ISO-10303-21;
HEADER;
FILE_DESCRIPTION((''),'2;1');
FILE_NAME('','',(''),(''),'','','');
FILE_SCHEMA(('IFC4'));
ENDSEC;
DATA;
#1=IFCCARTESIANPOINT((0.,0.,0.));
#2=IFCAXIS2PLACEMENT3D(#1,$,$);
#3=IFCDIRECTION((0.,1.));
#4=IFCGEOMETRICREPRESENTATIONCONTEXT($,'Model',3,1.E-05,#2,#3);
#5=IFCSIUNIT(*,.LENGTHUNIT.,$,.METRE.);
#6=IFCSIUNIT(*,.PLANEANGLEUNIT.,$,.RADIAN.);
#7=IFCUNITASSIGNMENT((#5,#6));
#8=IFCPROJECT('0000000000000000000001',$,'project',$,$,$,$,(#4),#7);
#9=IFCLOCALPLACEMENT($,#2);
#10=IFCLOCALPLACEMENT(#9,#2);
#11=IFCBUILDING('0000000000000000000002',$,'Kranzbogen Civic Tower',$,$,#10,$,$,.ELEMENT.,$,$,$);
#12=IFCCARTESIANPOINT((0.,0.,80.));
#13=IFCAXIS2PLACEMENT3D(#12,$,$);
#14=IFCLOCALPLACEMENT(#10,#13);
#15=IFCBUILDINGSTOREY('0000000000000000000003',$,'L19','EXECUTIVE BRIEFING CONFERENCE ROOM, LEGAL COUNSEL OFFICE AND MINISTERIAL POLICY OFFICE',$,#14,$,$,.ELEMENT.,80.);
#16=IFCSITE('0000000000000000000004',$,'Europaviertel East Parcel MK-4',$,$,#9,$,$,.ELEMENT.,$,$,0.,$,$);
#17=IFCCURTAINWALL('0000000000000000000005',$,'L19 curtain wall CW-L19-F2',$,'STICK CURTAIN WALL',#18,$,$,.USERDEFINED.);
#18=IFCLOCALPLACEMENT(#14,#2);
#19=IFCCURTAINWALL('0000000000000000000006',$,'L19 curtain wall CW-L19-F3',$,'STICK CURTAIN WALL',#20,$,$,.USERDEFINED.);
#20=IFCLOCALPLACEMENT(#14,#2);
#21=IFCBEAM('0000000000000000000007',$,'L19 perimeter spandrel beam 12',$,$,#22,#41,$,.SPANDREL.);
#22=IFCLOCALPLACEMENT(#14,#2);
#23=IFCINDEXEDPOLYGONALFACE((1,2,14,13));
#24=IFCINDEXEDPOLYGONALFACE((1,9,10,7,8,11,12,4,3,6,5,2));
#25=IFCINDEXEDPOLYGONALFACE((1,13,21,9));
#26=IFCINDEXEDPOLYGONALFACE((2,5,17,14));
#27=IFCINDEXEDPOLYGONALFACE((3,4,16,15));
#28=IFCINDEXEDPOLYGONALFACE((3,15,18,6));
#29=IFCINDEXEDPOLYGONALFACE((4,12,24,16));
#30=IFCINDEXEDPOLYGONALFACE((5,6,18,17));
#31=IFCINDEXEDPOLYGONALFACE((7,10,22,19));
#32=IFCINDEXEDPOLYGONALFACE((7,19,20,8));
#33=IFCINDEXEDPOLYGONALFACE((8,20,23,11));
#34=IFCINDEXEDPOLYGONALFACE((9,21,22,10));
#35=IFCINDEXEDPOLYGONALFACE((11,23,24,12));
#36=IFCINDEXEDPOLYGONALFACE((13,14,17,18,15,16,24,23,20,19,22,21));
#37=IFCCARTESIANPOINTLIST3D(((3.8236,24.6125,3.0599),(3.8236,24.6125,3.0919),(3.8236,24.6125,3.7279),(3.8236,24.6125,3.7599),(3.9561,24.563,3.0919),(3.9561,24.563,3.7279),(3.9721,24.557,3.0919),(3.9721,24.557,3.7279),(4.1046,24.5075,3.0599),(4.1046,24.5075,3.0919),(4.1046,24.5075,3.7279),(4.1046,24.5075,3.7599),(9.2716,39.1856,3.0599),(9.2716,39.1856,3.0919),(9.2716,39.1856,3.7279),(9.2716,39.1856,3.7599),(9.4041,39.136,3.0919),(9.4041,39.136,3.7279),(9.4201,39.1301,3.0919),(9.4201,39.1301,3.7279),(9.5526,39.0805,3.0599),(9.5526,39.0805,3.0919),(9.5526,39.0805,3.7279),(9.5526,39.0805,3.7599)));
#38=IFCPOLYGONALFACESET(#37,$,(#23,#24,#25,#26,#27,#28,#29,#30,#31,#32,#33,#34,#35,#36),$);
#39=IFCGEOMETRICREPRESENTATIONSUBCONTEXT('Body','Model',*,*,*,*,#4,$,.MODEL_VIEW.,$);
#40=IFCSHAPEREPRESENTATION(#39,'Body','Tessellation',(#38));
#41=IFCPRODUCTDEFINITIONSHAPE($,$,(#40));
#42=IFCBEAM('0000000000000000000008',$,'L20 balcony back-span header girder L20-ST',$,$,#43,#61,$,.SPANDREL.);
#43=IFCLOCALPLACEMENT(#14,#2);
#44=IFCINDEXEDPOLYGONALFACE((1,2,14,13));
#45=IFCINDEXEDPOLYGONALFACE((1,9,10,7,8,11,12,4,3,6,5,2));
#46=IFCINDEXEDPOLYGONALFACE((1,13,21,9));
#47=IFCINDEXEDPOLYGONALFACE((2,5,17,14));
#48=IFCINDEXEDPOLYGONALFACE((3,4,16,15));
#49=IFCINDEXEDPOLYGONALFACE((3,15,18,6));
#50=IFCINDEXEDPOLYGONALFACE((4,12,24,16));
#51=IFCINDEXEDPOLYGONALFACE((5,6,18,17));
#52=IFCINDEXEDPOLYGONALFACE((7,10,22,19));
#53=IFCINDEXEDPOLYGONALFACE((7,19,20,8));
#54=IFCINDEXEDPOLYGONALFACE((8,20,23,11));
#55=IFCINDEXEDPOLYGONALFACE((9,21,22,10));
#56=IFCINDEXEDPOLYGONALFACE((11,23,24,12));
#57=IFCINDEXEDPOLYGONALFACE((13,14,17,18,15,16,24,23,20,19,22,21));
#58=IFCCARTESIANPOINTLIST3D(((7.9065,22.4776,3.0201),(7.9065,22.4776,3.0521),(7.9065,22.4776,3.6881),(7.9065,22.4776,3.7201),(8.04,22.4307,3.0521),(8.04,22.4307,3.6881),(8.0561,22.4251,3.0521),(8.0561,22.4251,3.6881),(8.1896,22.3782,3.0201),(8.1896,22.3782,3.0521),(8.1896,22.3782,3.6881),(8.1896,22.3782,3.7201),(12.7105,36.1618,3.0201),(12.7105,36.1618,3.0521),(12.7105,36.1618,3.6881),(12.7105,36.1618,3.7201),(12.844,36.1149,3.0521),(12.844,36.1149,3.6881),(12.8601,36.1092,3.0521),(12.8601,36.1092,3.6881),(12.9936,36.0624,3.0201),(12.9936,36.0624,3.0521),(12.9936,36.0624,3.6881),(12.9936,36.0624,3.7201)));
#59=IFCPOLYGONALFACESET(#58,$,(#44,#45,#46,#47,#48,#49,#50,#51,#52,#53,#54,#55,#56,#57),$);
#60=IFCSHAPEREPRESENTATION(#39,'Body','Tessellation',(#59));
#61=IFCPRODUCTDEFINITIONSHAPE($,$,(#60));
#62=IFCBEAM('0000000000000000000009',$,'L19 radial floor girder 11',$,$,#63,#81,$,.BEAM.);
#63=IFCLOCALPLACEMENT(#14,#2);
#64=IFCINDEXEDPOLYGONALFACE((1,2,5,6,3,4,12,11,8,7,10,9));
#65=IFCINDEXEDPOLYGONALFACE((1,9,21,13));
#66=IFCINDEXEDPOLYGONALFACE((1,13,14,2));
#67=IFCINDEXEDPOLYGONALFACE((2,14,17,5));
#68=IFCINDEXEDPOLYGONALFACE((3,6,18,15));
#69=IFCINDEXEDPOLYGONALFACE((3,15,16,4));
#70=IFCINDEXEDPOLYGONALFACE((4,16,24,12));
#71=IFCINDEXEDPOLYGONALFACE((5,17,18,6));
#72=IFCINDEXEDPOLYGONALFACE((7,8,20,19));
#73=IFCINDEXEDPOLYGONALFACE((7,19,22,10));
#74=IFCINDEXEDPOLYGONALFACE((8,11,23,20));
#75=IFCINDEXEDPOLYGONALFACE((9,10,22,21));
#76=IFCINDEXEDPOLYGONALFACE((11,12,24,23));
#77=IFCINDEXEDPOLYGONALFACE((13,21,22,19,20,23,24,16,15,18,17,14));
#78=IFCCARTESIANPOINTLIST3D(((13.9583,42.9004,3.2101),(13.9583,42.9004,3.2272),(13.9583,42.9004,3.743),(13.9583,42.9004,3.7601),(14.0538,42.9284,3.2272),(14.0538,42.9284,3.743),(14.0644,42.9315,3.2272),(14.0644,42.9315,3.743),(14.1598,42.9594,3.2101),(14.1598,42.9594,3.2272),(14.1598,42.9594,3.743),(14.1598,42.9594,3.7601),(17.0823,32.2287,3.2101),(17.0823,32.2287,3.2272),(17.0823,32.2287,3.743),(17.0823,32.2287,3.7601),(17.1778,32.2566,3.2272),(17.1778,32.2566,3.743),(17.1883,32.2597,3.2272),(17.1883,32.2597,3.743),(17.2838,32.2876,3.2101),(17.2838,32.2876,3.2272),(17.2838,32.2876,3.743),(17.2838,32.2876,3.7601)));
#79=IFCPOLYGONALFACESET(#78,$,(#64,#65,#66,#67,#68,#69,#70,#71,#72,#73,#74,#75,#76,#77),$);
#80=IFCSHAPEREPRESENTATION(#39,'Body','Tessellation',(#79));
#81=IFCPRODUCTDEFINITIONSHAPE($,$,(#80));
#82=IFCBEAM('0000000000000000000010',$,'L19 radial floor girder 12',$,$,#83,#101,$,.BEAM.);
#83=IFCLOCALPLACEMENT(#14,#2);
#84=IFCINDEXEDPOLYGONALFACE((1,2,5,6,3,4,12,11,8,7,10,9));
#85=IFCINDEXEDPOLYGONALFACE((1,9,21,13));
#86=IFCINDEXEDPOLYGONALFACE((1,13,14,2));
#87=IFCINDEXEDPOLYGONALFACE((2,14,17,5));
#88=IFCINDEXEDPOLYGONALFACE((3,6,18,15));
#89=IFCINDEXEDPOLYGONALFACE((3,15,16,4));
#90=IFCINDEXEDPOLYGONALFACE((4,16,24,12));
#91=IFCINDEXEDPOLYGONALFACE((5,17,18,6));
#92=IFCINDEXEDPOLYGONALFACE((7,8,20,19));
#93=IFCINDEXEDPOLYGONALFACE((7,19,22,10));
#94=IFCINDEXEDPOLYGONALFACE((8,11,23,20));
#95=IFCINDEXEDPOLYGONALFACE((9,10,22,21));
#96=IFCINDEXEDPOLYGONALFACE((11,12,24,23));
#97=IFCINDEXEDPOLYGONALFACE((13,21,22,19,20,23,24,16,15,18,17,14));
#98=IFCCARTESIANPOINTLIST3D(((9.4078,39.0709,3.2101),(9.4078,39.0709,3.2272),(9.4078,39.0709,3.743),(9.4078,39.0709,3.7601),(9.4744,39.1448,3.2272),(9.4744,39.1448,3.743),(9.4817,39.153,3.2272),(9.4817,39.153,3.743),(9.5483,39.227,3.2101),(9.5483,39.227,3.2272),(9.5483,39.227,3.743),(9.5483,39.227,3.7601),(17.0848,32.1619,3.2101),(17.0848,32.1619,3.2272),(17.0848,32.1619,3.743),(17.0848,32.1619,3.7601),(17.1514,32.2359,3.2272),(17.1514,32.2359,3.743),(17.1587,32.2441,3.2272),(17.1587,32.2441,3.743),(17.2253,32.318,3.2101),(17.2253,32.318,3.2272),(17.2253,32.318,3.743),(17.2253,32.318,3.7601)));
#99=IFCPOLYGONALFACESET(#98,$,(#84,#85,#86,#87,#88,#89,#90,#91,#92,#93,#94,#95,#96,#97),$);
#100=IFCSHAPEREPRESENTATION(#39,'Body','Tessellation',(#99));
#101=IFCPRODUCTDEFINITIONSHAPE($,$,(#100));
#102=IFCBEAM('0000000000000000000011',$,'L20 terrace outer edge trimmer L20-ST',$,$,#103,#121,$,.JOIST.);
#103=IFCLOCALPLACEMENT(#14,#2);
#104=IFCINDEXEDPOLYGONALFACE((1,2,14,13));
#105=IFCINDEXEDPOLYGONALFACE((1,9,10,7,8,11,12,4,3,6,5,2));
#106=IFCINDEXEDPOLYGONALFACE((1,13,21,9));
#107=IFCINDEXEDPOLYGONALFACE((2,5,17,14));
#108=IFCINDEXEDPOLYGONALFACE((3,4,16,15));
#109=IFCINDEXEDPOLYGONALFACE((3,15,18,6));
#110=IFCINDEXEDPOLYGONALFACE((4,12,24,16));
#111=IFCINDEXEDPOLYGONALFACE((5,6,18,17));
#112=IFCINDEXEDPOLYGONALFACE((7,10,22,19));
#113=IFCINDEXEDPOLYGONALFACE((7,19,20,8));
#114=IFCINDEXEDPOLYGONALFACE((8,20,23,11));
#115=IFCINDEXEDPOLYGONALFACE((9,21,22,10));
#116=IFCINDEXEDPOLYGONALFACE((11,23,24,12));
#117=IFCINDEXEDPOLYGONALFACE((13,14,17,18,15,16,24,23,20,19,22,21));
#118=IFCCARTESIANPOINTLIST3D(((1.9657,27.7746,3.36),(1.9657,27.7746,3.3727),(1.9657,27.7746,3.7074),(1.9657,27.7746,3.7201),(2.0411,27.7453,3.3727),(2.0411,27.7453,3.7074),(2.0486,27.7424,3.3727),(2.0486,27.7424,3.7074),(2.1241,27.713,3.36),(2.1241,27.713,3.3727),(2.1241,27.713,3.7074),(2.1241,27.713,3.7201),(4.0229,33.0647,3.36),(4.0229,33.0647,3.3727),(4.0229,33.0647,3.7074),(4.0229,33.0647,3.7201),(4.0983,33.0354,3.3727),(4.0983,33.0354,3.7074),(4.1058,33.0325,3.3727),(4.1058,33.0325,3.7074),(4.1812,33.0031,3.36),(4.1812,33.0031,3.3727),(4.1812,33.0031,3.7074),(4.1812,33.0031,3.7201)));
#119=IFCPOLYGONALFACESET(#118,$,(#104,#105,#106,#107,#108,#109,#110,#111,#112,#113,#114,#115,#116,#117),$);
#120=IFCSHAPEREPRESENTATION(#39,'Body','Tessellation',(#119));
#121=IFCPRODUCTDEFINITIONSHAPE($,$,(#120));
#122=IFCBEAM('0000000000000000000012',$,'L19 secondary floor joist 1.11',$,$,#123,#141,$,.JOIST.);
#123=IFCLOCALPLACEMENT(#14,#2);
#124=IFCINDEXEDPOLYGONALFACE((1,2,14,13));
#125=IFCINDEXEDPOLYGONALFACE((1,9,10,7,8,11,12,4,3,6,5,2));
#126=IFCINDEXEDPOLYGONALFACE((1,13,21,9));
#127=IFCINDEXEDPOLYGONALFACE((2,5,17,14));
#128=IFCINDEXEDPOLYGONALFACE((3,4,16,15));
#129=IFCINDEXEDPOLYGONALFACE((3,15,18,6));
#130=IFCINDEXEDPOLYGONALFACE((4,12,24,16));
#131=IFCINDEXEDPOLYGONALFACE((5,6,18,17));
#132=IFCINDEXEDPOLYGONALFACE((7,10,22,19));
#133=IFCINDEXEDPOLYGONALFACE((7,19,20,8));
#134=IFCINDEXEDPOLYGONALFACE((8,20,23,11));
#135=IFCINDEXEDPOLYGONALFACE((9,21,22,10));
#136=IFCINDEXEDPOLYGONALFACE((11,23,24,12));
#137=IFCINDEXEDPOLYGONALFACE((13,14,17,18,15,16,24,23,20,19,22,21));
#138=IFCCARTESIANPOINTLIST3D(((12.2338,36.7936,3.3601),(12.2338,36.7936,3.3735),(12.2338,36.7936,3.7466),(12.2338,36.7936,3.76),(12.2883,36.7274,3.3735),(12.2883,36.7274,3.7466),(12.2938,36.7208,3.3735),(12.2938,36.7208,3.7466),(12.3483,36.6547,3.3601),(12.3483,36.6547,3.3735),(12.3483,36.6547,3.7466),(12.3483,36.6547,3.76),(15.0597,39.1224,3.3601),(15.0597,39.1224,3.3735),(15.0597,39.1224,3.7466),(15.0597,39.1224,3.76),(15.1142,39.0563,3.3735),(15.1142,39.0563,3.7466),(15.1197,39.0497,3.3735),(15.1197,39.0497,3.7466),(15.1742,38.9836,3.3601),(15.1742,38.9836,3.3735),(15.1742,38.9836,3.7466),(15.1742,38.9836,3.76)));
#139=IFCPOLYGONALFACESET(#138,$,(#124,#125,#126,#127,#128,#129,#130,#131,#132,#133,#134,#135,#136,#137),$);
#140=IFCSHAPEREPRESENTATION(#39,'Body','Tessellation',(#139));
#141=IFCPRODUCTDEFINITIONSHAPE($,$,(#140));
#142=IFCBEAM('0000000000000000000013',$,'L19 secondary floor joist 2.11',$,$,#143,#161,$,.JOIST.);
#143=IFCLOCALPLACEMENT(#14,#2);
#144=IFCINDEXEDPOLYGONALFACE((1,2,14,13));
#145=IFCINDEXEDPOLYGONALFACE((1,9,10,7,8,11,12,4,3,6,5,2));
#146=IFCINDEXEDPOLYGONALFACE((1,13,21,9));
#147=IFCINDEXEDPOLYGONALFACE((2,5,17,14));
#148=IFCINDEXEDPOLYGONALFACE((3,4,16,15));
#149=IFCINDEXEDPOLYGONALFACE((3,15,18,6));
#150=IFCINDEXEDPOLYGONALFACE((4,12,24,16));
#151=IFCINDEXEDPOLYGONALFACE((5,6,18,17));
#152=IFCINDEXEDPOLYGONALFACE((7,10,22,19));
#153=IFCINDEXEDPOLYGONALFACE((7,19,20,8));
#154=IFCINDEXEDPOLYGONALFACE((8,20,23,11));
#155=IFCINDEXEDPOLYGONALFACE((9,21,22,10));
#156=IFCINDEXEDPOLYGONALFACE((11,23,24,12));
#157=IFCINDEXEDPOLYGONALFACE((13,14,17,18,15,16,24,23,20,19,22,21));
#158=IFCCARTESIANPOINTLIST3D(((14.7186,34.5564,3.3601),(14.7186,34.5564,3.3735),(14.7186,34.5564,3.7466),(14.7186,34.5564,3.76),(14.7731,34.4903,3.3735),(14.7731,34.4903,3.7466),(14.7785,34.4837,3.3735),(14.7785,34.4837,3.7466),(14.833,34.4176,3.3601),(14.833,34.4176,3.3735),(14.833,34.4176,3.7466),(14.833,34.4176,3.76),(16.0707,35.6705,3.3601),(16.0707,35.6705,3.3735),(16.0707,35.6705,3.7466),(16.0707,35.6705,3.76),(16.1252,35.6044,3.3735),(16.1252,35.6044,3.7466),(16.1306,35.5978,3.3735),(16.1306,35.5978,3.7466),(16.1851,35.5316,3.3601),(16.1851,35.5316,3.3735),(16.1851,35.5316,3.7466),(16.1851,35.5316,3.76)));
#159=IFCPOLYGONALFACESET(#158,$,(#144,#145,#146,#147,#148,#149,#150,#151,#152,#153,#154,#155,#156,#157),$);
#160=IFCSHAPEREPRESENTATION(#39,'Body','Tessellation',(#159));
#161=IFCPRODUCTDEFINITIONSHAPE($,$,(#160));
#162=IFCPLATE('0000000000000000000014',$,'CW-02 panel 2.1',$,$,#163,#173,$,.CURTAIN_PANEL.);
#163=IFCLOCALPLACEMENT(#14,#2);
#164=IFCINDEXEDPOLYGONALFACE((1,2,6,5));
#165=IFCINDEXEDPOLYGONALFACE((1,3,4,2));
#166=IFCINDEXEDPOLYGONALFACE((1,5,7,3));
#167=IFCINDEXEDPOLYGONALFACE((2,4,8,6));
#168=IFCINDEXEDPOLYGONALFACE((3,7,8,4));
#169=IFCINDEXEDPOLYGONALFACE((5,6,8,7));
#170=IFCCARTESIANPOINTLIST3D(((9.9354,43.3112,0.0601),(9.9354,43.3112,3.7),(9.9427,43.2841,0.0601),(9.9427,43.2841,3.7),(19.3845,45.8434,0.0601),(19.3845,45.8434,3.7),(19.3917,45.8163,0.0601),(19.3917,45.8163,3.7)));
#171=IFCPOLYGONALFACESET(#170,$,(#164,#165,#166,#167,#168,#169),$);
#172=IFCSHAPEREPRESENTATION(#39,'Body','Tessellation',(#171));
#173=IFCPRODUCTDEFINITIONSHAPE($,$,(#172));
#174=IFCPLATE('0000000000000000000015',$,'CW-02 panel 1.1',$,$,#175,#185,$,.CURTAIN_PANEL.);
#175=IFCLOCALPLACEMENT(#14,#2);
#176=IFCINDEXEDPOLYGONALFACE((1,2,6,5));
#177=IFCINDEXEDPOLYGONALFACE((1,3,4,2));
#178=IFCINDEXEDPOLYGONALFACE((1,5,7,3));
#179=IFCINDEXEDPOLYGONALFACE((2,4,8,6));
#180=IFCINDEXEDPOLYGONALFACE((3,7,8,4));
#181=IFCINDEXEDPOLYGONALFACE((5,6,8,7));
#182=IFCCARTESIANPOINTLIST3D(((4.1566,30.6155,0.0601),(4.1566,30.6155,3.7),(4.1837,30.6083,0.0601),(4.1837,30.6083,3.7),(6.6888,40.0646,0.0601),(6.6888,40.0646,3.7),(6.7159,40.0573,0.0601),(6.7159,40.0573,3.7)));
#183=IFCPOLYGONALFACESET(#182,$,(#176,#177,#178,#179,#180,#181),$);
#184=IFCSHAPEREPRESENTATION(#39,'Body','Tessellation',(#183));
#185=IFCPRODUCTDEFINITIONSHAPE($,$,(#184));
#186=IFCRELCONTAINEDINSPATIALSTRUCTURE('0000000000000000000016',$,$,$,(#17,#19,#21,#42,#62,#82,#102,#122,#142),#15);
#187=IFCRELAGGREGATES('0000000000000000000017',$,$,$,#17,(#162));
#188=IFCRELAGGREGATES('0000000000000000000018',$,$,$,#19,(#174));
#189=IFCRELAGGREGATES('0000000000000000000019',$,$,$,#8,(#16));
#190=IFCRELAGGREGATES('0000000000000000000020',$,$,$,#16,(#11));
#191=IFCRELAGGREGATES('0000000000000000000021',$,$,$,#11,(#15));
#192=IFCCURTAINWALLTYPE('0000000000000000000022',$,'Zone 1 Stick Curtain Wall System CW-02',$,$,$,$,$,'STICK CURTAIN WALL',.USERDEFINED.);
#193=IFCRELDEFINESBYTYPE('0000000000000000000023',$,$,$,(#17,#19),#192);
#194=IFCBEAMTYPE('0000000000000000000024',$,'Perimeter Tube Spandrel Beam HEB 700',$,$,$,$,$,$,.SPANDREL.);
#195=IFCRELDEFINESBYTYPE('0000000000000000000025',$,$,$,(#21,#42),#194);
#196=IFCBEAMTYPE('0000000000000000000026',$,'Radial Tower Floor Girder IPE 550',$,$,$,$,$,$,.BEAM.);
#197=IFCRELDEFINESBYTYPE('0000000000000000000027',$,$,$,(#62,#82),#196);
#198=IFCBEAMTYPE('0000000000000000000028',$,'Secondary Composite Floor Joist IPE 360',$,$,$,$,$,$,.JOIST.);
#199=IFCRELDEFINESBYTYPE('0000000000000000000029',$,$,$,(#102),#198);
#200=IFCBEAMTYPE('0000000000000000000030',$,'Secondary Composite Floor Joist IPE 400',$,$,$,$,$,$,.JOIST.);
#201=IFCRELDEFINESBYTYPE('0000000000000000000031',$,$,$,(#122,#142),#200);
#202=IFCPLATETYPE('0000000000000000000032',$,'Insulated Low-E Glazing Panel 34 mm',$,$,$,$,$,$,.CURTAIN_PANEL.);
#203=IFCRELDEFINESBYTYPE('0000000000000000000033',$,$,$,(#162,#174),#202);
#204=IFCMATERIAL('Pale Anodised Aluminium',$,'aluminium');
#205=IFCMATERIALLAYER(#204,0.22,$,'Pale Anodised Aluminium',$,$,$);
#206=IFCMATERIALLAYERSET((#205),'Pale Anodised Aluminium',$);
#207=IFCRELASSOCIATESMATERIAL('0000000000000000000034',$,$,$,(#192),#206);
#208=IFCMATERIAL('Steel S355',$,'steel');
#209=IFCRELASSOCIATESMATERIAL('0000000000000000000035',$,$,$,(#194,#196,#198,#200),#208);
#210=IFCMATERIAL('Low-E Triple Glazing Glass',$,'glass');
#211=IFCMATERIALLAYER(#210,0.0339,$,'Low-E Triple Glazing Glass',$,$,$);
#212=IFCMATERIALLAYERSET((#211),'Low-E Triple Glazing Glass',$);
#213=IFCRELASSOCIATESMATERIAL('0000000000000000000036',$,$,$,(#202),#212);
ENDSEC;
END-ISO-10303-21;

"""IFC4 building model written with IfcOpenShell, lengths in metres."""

from ifc_helpers import new_model, si_unit, direction, frame, origin, origin_2d, place, context, subcontext, project, spatial, rectangle, i_section, extrude, material, layer, layer_set, material_profile, profile_set, type_object, element, aggregate, save


model = new_model("IFC4")

# Units and contexts
model_context = context("Model", 3, precision=1e-05, world=origin(), true_north=direction((0.0, 1.0)))
body_context = subcontext(model_context, "Body", "Model", "MODEL_VIEW")
ifc_project = project(units=[si_unit("LENGTHUNIT", "METRE"), si_unit("PLANEANGLEUNIT", "RADIAN")], contexts=[model_context])

# Site, building, storey
site_placement = place(None, origin())
site = spatial("IfcSite", under=ifc_project, at=site_placement, Name="Europaviertel East Parcel MK-4", CompositionType="ELEMENT", RefElevation=0.0)
building_placement = place(site_placement, origin())
building = spatial("IfcBuilding", under=site, at=building_placement, Name="Kranzbogen Civic Tower", CompositionType="ELEMENT")
storey_placement = place(building_placement, frame((0.0, 0.0, 80.0)))
storey = spatial("IfcBuildingStorey", under=building, at=storey_placement, Name="L19", Description="EXECUTIVE BRIEFING CONFERENCE ROOM, LEGAL COUNSEL OFFICE AND MINISTERIAL POLICY OFFICE", CompositionType="ELEMENT", Elevation=80.0)

# Shared definitions
ifc_material_1 = material(Name="Steel S355", Category="steel")

# Curtain wall
ifc_material_2 = material(Name="Pale Anodised Aluminium", Category="aluminium")
ifc_layer_1 = layer(ifc_material_2, 0.22, Name="Pale Anodised Aluminium")
ifc_layer_set_1 = layer_set([ifc_layer_1], Name="Pale Anodised Aluminium")
curtain_wall_type = type_object("IfcCurtainWallType", Name="Zone 1 Stick Curtain Wall System CW-02", ElementType="STICK CURTAIN WALL", PredefinedType="USERDEFINED", material=ifc_layer_set_1)
curtain_wall_1_placement = place(storey_placement, origin())
curtain_wall_1 = element("IfcCurtainWall", 1, at=curtain_wall_1_placement, inside=storey, type_object=curtain_wall_type, Name="L19 curtain wall CW-L19-F2", ObjectType="STICK CURTAIN WALL", PredefinedType="USERDEFINED")

# Curtain wall
curtain_wall_2_placement = place(storey_placement, origin())
curtain_wall_2 = element("IfcCurtainWall", 2, at=curtain_wall_2_placement, inside=storey, type_object=curtain_wall_type, Name="L19 curtain wall CW-L19-F3", ObjectType="STICK CURTAIN WALL", PredefinedType="USERDEFINED")

# Beams
ifc_material_profile_1 = material_profile(ifc_material_1, i_section(OverallWidth=0.3, OverallDepth=0.7, WebThickness=0.0171, FlangeThickness=0.032, at=origin_2d()), Name="HEB 700")
ifc_profile_set_1 = profile_set([ifc_material_profile_1], Name="Steel S355")
beam_type_1 = type_object("IfcBeamType", Name="Perimeter Tube Spandrel Beam HEB 700", PredefinedType="SPANDREL", material=ifc_profile_set_1)
beam_1_placement = place(storey_placement, frame((9.4121, 39.1331, 3.4099), z_axis=(-0.350172, -0.936685, 0.0), x_axis=(0.936685, -0.350172, 0.0)))
element("IfcBeam", 3, at=beam_1_placement, inside=storey, type_object=beam_type_1, Name="L19 perimeter spandrel beam 12", PredefinedType="SPANDREL", context=body_context, shape_type="SweptSolid", body=[
    extrude(i_section(OverallWidth=0.3, OverallDepth=0.7, WebThickness=0.0171, FlangeThickness=0.032, at=origin_2d()), origin(), (0.0, 0.0, 1.0), 15.5581),
])
beam_2_placement = place(storey_placement, frame((12.8521, 36.1121, 3.3701), z_axis=(-0.331243, -0.943546, 0.0), x_axis=(0.943546, -0.331243, 0.0)))
element("IfcBeam", 4, at=beam_2_placement, inside=storey, type_object=beam_type_1, Name="L20 balcony back-span header girder L20-ST", PredefinedType="SPANDREL", context=body_context, shape_type="SweptSolid", body=[
    extrude(i_section(OverallWidth=0.3, OverallDepth=0.7, WebThickness=0.0171, FlangeThickness=0.032, at=origin_2d()), origin(), (0.0, 0.0, 1.0), 14.5029),
])
ifc_material_profile_2 = material_profile(ifc_material_1, i_section(OverallWidth=0.21, OverallDepth=0.55, WebThickness=0.011, FlangeThickness=0.0171, at=origin_2d()), Name="IPE 550")
ifc_profile_set_2 = profile_set([ifc_material_profile_2], Name="Steel S355")
beam_type_2 = type_object("IfcBeamType", Name="Radial Tower Floor Girder IPE 550", PredefinedType="BEAM", material=ifc_profile_set_2)
beam_3_placement = place(storey_placement, frame((14.0591, 42.9299, 3.4851), z_axis=(0.280944, -0.959724, 0.0), x_axis=(0.959724, 0.280944, 0.0)))
element("IfcBeam", 5, at=beam_3_placement, inside=storey, type_object=beam_type_2, Name="L19 radial floor girder 11", PredefinedType="BEAM", context=body_context, shape_type="SweptSolid", body=[
    extrude(i_section(OverallWidth=0.21, OverallDepth=0.55, WebThickness=0.011, FlangeThickness=0.0171, at=origin_2d()), origin(), (0.0, 0.0, 1.0), 11.1196),
])
beam_4_placement = place(storey_placement, frame((9.478, 39.1489, 3.4851), z_axis=(0.743312, -0.668945, 0.0), x_axis=(0.668945, 0.743312, 0.0)))
element("IfcBeam", 6, at=beam_4_placement, inside=storey, type_object=beam_type_2, Name="L19 radial floor girder 12", PredefinedType="BEAM", context=body_context, shape_type="SweptSolid", body=[
    extrude(i_section(OverallWidth=0.21, OverallDepth=0.55, WebThickness=0.011, FlangeThickness=0.0171, at=origin_2d()), origin(), (0.0, 0.0, 1.0), 10.3281),
])
ifc_material_profile_3 = material_profile(ifc_material_1, i_section(OverallWidth=0.1699, OverallDepth=0.3601, WebThickness=0.0081, FlangeThickness=0.0127, at=origin_2d()), Name="IPE 360")
ifc_profile_set_3 = profile_set([ifc_material_profile_3], Name="Steel S355")
beam_type_3 = type_object("IfcBeamType", Name="Secondary Composite Floor Joist IPE 360", PredefinedType="JOIST", material=ifc_profile_set_3)
beam_5_placement = place(storey_placement, frame((4.1021, 33.0339, 3.54), z_axis=(-0.36243, -0.932011, 0.0), x_axis=(0.932011, -0.36243, 0.0)))
element("IfcBeam", 7, at=beam_5_placement, inside=storey, type_object=beam_type_3, Name="L20 terrace outer edge trimmer L20-ST", PredefinedType="JOIST", context=body_context, shape_type="SweptSolid", body=[
    extrude(i_section(OverallWidth=0.1699, OverallDepth=0.3601, WebThickness=0.0081, FlangeThickness=0.0127, at=origin_2d()), origin(), (0.0, 0.0, 1.0), 5.676),
])
ifc_material_profile_4 = material_profile(ifc_material_1, i_section(OverallWidth=0.1799, OverallDepth=0.3999, WebThickness=0.0085, FlangeThickness=0.0134, at=origin_2d()), Name="IPE 400")
ifc_profile_set_4 = profile_set([ifc_material_profile_4], Name="Steel S355")
beam_type_4 = type_object("IfcBeamType", Name="Secondary Composite Floor Joist IPE 400", PredefinedType="JOIST", material=ifc_profile_set_4)
beam_6_placement = place(storey_placement, frame((15.1169, 39.053, 3.5601), z_axis=(-0.771713, -0.635971, 0.0), x_axis=(0.635971, -0.771713, 0.0)))
element("IfcBeam", 8, at=beam_6_placement, inside=storey, type_object=beam_type_4, Name="L19 secondary floor joist 1.11", PredefinedType="JOIST", context=body_context, shape_type="SweptSolid", body=[
    extrude(i_section(OverallWidth=0.1799, OverallDepth=0.3999, WebThickness=0.0085, FlangeThickness=0.0134, at=origin_2d()), origin(), (0.0, 0.0, 1.0), 3.6619),
])
beam_7_placement = place(storey_placement, frame((16.1279, 35.6011, 3.5601), z_axis=(-0.771773, -0.635898, 0.0), x_axis=(0.635898, -0.771773, 0.0)))
element("IfcBeam", 9, at=beam_7_placement, inside=storey, type_object=beam_type_4, Name="L19 secondary floor joist 2.11", PredefinedType="JOIST", context=body_context, shape_type="SweptSolid", body=[
    extrude(i_section(OverallWidth=0.1799, OverallDepth=0.3999, WebThickness=0.0085, FlangeThickness=0.0134, at=origin_2d()), origin(), (0.0, 0.0, 1.0), 1.752),
])

# Plates
ifc_material_3 = material(Name="Low-E Triple Glazing Glass", Category="glass")
ifc_layer_2 = layer(ifc_material_3, 0.0339, Name="Low-E Triple Glazing Glass")
ifc_layer_set_2 = layer_set([ifc_layer_2], Name="Low-E Triple Glazing Glass")
plate_type = type_object("IfcPlateType", Name="Insulated Low-E Glazing Panel 34 mm", PredefinedType="CURTAIN_PANEL", material=ifc_layer_set_2)
plate_1_placement = place(storey_placement, frame((14.6636, 44.5637, 0.0601), z_axis=(0.0, 0.0, 1.0), x_axis=(-0.965917, -0.258851, 0.0)))
plate_1 = element("IfcPlate", 10, at=plate_1_placement, type_object=plate_type, Name="CW-02 panel 2.1", PredefinedType="CURTAIN_PANEL", context=body_context, shape_type="SweptSolid", body=[
    extrude(rectangle(XDim=9.7825, YDim=0.0281, at=origin_2d()), origin(), (0.0, 0.0, 1.0), 3.6399),
])
aggregate(curtain_wall_1, [plate_1])
plate_2_placement = place(storey_placement, frame((5.4363, 35.3364, 0.0601), z_axis=(0.0, 0.0, 1.0), x_axis=(-0.258851, -0.965917, 0.0)))
plate_2 = element("IfcPlate", 11, at=plate_2_placement, type_object=plate_type, Name="CW-02 panel 1.1", PredefinedType="CURTAIN_PANEL", context=body_context, shape_type="SweptSolid", body=[
    extrude(rectangle(XDim=9.7825, YDim=0.0281, at=origin_2d()), origin(), (0.0, 0.0, 1.0), 3.6399),
])
aggregate(curtain_wall_2, [plate_2])

save(model, "model.ifc")
